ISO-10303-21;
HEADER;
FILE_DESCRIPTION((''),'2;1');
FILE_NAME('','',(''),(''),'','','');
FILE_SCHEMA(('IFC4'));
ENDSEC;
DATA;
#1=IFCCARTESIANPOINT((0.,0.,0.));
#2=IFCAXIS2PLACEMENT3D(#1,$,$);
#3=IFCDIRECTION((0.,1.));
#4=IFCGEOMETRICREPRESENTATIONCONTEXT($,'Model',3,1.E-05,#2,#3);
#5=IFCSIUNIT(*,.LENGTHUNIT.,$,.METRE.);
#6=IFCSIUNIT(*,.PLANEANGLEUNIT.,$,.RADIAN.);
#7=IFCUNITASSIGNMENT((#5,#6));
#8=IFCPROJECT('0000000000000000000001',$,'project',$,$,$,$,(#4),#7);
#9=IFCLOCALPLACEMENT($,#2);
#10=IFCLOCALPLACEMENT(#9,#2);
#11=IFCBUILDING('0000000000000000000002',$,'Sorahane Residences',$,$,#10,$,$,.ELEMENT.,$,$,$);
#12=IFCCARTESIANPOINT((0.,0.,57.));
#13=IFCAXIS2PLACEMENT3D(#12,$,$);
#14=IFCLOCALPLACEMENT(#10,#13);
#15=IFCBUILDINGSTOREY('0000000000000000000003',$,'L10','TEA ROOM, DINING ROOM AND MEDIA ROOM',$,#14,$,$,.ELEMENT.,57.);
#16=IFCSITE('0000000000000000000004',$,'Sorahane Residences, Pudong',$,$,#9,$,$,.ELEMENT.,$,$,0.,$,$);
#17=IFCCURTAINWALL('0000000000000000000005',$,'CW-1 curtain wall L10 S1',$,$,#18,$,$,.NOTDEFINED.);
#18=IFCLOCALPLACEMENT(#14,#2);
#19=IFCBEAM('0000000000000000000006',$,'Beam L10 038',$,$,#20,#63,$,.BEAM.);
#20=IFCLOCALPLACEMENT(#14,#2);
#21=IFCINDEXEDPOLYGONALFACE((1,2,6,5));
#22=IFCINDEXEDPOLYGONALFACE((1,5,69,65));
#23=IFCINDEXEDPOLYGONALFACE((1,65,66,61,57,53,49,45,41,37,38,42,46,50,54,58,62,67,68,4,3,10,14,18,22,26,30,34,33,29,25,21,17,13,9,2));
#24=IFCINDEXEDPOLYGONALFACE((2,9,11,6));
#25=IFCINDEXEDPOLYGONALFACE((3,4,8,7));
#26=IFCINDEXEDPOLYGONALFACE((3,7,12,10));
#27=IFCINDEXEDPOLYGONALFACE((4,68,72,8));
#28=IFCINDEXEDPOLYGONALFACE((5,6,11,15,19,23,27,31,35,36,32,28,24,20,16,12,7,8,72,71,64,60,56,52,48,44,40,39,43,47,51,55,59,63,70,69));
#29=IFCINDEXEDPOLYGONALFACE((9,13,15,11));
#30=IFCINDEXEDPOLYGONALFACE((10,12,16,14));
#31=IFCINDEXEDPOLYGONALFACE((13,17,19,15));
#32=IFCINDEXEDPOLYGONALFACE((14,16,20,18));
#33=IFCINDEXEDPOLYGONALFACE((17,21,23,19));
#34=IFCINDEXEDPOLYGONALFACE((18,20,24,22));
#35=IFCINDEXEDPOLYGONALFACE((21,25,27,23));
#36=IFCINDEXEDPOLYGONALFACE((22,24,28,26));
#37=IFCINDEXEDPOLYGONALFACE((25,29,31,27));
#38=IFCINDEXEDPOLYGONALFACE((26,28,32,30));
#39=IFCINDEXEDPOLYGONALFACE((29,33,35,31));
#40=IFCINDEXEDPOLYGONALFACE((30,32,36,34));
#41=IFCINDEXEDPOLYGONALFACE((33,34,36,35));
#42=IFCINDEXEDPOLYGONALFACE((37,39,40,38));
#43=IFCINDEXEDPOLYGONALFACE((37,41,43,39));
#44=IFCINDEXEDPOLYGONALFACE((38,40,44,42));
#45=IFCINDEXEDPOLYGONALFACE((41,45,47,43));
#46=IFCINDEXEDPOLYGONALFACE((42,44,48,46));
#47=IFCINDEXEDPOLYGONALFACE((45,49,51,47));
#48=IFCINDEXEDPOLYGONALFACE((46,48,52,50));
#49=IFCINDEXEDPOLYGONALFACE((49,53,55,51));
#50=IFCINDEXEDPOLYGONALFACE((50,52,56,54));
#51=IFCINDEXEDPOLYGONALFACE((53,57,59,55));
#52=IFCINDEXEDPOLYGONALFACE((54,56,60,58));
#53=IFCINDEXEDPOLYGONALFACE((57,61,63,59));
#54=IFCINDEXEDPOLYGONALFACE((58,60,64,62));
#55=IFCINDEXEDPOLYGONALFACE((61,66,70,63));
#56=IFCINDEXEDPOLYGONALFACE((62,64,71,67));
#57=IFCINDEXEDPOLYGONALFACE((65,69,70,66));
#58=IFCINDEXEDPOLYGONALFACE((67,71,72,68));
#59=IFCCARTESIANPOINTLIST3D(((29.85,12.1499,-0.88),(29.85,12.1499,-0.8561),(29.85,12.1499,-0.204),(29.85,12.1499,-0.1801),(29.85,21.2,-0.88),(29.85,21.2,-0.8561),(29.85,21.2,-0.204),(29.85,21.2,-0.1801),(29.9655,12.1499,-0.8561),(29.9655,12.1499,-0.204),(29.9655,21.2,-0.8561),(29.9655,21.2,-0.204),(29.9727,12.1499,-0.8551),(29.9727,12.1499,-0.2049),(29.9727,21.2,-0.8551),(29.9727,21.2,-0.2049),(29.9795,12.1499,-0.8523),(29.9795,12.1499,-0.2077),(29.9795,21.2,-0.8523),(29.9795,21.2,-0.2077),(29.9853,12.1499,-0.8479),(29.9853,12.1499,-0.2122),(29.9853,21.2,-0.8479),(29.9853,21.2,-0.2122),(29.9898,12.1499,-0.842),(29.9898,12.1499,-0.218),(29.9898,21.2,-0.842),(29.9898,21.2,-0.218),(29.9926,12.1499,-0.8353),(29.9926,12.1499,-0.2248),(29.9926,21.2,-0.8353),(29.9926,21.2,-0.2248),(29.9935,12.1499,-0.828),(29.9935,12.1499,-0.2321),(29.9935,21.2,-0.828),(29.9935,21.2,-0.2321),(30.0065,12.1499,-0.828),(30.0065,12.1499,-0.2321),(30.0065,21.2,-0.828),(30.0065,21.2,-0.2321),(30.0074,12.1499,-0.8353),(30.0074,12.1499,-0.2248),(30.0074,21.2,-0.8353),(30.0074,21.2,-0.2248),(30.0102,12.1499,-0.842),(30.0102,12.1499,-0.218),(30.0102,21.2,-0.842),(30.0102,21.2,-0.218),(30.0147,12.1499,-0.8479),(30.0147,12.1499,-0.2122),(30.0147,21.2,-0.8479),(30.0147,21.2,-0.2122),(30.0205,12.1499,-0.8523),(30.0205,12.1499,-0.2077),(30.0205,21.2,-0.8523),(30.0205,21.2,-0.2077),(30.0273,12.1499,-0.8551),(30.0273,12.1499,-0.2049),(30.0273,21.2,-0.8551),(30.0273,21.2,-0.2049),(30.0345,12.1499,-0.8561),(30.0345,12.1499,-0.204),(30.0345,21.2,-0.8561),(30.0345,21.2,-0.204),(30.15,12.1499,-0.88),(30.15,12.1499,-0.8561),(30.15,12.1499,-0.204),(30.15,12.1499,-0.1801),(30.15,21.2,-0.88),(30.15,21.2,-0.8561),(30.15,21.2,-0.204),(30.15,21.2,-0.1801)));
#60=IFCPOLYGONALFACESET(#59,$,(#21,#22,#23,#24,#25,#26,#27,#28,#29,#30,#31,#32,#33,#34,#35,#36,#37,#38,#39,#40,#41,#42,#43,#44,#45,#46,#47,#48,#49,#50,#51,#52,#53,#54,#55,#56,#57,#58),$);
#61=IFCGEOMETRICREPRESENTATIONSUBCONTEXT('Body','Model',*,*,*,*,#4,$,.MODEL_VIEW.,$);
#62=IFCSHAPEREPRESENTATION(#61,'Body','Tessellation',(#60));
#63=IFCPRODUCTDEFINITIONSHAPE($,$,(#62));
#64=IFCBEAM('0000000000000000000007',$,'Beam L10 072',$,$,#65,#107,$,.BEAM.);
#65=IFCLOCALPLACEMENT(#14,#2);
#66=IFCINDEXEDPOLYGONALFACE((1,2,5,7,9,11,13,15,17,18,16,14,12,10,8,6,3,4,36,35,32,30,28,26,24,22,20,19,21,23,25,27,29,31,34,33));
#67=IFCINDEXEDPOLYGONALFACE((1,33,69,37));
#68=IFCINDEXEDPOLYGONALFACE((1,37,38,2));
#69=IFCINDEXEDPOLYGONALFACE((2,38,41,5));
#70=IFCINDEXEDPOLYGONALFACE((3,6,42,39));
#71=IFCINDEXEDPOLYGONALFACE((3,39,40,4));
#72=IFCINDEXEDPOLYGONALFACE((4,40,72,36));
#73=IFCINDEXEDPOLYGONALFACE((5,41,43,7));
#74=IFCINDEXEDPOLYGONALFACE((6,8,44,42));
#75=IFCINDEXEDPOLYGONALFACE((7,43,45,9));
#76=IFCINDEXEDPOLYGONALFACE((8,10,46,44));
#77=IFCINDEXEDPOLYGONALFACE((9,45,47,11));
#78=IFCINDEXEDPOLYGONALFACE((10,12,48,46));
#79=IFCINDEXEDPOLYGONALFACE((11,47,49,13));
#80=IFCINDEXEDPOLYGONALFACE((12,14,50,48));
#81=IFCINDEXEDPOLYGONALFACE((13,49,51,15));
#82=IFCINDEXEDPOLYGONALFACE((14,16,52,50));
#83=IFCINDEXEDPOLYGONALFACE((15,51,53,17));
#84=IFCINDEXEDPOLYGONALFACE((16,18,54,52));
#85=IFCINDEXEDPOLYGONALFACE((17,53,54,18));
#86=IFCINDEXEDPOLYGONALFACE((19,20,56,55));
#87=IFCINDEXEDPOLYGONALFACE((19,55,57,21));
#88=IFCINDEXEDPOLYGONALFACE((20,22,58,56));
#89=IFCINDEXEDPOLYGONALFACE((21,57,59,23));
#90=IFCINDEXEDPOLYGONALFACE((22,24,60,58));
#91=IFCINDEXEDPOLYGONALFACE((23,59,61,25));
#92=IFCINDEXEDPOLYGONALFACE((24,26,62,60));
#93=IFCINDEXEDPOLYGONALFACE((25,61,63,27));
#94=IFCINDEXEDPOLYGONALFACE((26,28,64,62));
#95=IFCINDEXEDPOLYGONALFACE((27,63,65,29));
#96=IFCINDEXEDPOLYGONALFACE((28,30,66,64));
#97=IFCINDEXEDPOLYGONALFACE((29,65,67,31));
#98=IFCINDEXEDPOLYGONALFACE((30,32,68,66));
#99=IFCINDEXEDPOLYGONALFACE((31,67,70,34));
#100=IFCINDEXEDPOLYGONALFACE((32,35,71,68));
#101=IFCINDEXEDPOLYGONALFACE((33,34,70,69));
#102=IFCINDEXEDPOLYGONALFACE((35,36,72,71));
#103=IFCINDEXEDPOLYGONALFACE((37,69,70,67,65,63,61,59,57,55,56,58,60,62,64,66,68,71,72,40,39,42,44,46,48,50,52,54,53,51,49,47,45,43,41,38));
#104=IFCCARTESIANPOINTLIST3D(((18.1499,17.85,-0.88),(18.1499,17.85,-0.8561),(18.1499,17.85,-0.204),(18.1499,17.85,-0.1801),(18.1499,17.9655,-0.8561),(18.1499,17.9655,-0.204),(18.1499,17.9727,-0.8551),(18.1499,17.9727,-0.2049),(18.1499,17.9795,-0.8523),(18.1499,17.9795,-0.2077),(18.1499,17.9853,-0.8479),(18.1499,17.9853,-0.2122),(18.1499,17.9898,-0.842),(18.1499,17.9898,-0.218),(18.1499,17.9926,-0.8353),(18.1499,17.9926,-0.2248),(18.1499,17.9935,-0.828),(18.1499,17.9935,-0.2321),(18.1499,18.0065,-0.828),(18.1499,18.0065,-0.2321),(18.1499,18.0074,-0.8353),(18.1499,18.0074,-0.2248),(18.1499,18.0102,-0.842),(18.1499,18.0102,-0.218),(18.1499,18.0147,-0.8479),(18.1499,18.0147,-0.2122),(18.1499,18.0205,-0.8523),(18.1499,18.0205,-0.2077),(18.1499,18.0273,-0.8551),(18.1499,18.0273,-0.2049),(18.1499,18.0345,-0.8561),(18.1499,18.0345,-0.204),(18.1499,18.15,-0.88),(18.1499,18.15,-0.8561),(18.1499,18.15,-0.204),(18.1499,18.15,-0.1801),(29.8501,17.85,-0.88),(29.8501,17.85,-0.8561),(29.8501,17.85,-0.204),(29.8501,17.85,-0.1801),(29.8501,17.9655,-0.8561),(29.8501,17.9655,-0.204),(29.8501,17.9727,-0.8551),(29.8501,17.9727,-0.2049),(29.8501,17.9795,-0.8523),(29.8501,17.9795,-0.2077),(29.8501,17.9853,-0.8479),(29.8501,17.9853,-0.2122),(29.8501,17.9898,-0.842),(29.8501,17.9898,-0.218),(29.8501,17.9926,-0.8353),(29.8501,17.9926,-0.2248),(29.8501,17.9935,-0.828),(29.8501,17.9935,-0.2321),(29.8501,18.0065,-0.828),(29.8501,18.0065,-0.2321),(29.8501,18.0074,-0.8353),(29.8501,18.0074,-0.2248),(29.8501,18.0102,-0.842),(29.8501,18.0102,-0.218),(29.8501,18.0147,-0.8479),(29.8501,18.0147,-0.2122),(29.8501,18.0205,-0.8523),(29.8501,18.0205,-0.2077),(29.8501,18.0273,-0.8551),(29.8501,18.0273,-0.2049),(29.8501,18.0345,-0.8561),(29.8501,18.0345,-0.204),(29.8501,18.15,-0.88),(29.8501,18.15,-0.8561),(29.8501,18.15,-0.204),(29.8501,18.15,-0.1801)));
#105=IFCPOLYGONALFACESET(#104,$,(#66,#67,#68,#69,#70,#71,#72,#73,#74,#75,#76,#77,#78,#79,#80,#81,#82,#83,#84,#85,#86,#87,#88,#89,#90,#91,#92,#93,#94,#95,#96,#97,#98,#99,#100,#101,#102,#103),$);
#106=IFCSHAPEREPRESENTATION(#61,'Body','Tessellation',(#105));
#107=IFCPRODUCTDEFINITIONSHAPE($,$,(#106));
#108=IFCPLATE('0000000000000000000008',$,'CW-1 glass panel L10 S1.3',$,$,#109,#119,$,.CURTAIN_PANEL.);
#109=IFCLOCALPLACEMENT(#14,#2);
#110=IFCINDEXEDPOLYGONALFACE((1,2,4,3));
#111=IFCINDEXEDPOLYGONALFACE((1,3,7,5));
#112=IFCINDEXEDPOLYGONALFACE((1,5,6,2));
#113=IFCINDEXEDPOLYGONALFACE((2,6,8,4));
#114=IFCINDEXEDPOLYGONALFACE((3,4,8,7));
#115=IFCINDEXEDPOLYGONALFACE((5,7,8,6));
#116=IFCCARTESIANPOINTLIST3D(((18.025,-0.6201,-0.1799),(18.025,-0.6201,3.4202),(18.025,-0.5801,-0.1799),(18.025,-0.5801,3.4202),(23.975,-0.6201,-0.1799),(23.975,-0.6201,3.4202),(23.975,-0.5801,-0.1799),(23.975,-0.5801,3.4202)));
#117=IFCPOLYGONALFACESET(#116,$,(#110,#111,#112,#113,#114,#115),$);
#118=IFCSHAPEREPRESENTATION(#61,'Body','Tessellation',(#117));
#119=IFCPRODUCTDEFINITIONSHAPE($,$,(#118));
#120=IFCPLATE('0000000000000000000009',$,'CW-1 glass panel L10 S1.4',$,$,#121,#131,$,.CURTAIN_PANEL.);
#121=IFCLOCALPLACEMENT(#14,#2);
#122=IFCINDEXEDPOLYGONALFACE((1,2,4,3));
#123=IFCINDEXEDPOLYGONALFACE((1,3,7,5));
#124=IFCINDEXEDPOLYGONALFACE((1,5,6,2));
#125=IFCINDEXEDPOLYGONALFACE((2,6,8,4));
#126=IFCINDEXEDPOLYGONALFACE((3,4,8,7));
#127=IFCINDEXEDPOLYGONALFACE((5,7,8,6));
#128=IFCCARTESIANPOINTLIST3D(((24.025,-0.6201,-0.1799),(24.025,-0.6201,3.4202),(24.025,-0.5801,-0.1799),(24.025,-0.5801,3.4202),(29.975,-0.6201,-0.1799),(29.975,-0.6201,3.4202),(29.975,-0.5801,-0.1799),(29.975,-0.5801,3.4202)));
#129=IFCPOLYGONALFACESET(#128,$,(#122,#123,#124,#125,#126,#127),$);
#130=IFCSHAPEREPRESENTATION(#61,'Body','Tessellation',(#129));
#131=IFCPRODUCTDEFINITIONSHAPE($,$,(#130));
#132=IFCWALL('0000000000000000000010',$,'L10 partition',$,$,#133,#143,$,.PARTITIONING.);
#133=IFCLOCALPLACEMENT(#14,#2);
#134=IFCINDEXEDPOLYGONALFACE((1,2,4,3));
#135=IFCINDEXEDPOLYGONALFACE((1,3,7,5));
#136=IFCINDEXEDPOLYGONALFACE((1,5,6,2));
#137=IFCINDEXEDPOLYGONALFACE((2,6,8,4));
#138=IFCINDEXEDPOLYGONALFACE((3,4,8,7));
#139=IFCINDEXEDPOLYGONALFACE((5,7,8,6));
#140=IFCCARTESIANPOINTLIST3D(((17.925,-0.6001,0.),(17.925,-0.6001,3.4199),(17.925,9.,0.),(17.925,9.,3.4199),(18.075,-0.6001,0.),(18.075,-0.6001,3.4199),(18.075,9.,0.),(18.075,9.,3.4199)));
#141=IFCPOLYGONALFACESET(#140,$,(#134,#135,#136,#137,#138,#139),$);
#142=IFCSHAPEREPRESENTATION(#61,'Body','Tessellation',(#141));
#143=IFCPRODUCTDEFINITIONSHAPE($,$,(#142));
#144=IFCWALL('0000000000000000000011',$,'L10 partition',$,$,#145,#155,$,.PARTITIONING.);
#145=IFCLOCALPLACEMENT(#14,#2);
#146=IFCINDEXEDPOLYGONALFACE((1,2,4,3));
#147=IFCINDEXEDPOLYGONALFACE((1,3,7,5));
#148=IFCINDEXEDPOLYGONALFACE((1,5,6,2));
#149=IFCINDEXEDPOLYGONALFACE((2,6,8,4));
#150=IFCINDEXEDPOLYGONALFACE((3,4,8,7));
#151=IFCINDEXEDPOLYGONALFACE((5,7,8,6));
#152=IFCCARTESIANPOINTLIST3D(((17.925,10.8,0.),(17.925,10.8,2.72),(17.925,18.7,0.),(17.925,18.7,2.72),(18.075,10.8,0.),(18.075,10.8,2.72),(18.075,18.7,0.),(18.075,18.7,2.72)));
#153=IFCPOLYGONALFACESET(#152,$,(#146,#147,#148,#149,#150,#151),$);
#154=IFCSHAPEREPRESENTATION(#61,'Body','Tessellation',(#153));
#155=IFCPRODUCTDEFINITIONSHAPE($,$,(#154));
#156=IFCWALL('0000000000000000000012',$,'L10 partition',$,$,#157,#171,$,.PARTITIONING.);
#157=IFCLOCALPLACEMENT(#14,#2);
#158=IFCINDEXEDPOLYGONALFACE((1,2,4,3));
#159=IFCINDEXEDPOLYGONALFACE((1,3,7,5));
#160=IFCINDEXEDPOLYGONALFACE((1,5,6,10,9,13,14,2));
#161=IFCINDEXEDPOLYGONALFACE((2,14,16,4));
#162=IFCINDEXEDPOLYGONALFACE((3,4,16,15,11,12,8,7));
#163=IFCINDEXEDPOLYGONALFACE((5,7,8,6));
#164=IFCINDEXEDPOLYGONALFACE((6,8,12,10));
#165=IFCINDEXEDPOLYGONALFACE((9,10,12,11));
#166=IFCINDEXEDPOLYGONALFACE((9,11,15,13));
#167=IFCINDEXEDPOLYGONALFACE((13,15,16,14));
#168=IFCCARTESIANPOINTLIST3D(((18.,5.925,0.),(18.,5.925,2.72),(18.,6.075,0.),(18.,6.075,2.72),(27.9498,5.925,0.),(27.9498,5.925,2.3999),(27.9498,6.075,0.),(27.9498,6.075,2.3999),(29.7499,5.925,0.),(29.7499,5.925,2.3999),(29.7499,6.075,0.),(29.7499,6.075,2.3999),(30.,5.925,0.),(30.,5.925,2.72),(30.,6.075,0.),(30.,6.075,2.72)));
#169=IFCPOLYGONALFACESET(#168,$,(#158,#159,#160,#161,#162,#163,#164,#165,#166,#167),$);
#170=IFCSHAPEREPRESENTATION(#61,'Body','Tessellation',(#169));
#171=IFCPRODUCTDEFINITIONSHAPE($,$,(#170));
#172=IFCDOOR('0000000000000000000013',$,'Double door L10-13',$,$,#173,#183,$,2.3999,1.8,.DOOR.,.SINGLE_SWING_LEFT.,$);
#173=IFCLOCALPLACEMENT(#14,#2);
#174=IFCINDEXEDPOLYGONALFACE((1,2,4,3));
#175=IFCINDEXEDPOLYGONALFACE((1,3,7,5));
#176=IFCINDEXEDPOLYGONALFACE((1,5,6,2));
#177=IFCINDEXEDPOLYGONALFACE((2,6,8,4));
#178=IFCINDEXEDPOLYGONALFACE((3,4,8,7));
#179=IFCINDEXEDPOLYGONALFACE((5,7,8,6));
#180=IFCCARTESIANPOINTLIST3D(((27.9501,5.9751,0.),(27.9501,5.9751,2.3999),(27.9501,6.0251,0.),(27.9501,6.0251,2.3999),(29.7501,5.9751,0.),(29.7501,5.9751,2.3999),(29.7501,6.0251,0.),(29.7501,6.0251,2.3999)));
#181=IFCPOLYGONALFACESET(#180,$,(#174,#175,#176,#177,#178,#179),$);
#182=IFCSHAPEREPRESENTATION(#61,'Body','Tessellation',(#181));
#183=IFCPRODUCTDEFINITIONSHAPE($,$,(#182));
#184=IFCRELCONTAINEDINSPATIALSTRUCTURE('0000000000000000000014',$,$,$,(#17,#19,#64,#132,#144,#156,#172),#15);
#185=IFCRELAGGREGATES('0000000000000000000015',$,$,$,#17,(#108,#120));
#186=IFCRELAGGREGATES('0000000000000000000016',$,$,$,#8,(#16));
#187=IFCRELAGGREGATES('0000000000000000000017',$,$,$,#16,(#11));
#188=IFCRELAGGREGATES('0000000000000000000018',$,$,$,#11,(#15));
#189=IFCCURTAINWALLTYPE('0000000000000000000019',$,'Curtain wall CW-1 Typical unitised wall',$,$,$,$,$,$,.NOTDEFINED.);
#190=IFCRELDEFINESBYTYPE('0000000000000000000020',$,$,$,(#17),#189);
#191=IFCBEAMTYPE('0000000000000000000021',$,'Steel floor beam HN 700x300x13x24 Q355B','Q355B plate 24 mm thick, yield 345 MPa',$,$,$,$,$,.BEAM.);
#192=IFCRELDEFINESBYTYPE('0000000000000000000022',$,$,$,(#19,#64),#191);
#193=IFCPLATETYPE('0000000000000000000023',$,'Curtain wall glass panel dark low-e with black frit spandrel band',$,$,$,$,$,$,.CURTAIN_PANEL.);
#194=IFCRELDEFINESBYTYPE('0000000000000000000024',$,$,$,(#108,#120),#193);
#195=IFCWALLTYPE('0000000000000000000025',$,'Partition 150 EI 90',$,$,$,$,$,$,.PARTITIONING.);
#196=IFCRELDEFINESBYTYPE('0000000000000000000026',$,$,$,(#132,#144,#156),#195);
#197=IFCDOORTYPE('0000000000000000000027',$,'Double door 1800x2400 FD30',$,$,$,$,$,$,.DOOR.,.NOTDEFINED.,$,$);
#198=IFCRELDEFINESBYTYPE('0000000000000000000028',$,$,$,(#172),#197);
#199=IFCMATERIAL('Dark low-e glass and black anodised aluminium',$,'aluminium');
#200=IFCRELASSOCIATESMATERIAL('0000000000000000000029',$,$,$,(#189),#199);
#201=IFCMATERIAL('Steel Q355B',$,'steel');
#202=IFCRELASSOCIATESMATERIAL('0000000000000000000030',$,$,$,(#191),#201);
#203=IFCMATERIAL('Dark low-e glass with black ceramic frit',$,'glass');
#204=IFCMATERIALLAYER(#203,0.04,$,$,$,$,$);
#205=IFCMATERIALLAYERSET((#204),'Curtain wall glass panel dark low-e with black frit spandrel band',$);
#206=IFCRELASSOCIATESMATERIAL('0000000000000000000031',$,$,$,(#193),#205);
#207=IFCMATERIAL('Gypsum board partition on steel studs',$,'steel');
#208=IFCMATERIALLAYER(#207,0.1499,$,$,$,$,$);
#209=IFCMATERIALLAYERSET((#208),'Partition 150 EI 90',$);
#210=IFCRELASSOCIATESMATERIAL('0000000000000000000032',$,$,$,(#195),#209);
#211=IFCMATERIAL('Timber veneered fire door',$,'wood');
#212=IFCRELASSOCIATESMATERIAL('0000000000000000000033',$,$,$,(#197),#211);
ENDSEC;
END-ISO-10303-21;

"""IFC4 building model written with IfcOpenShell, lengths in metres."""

from ifc_helpers import new_model, si_unit, direction, frame, frame_2d, origin, origin_2d, place, context, subcontext, project, spatial, rectangle, i_section, extrude, material, layer, layer_set, material_profile, profile_set, type_object, element, fill, aggregate, save


model = new_model("IFC4")

# Units and contexts
model_context = context("Model", 3, precision=1e-05, world=origin(), true_north=direction((0.0, 1.0)))
body_context = subcontext(model_context, "Body", "Model", "MODEL_VIEW")
ifc_project = project(units=[si_unit("LENGTHUNIT", "METRE"), si_unit("PLANEANGLEUNIT", "RADIAN")], contexts=[model_context])

# Site, building, storey
site_placement = place(None, origin())
site = spatial("IfcSite", under=ifc_project, at=site_placement, Name="Sorahane Residences, Pudong", CompositionType="ELEMENT", RefElevation=0.0)
building_placement = place(site_placement, origin())
building = spatial("IfcBuilding", under=site, at=building_placement, Name="Sorahane Residences", CompositionType="ELEMENT")
storey_placement = place(building_placement, frame((0.0, 0.0, 57.0)))
storey = spatial("IfcBuildingStorey", under=building, at=storey_placement, Name="L10", Description="TEA ROOM, DINING ROOM AND MEDIA ROOM", CompositionType="ELEMENT", Elevation=57.0)

# Curtain wall
ifc_material_1 = material(Name="Dark low-e glass and black anodised aluminium", Category="aluminium")
curtain_wall_type = type_object("IfcCurtainWallType", Name="Curtain wall CW-1 Typical unitised wall", PredefinedType="NOTDEFINED", material=ifc_material_1)
curtain_wall_placement = place(storey_placement, origin())
curtain_wall = element("IfcCurtainWall", 1, at=curtain_wall_placement, inside=storey, type_object=curtain_wall_type, Name="CW-1 curtain wall L10 S1", PredefinedType="NOTDEFINED")

# Beams
ifc_material_2 = material(Name="Steel Q355B", Category="steel")
ifc_material_profile_1 = material_profile(ifc_material_2, i_section(OverallWidth=0.3, OverallDepth=0.7, WebThickness=0.0129, FlangeThickness=0.0239, FilletRadius=0.0281, at=origin_2d()), Name="HN 700x300x13x24")
ifc_profile_set_1 = profile_set([ifc_material_profile_1], Name="Steel Q355B")
beam_type_1 = type_object("IfcBeamType", Name="Steel floor beam HN 700x300x13x24 Q355B", Description="Q355B plate 24 mm thick, yield 345 MPa", PredefinedType="BEAM", material=ifc_profile_set_1)
beam_1_placement = place(storey_placement, frame((30.0, 12.1499, -0.53), z_axis=(0.0, 1.0, 0.0), x_axis=(-1.0, 0.0, 0.0)))
element("IfcBeam", 2, at=beam_1_placement, inside=storey, type_object=beam_type_1, Name="Beam L10 038", PredefinedType="BEAM", context=body_context, shape_type="SweptSolid", body=[
    extrude(i_section(OverallWidth=0.3, OverallDepth=0.7, WebThickness=0.0129, FlangeThickness=0.0239, FilletRadius=0.0281, at=origin_2d()), origin(), (0.0, 0.0, 1.0), 9.05),
])
beam_2_placement = place(storey_placement, frame((18.1499, 18.0, -0.53), z_axis=(1.0, 0.0, 0.0), x_axis=(0.0, 1.0, 0.0)))
element("IfcBeam", 3, at=beam_2_placement, inside=storey, type_object=beam_type_1, Name="Beam L10 072", PredefinedType="BEAM", context=body_context, shape_type="SweptSolid", body=[
    extrude(i_section(OverallWidth=0.3, OverallDepth=0.7, WebThickness=0.0129, FlangeThickness=0.0239, FilletRadius=0.0281, at=origin_2d()), origin(), (0.0, 0.0, 1.0), 11.7002),
])

# Plates
ifc_material_3 = material(Name="Dark low-e glass with black ceramic frit", Category="glass")
ifc_layer_1 = layer(ifc_material_3, 0.04)
ifc_layer_set_1 = layer_set([ifc_layer_1], Name="Curtain wall glass panel dark low-e with black frit spandrel band")
plate_type = type_object("IfcPlateType", Name="Curtain wall glass panel dark low-e with black frit spandrel band", PredefinedType="CURTAIN_PANEL", material=ifc_layer_set_1)
plate_1_placement = place(storey_placement, frame((21.0, -0.6001, -0.1799), z_axis=(0.0, 0.0, 1.0), x_axis=(1.0, 0.0, 0.0)))
plate_1 = element("IfcPlate", 4, at=plate_1_placement, type_object=plate_type, Name="CW-1 glass panel L10 S1.3", PredefinedType="CURTAIN_PANEL", context=body_context, shape_type="SweptSolid", body=[
    extrude(rectangle(XDim=5.95, YDim=0.04, at=origin_2d()), origin(), (0.0, 0.0, 1.0), 3.6001),
])
plate_2_placement = place(storey_placement, frame((27.0, -0.6001, -0.1799), z_axis=(0.0, 0.0, 1.0), x_axis=(1.0, 0.0, 0.0)))
plate_2 = element("IfcPlate", 5, at=plate_2_placement, type_object=plate_type, Name="CW-1 glass panel L10 S1.4", PredefinedType="CURTAIN_PANEL", context=body_context, shape_type="SweptSolid", body=[
    extrude(rectangle(XDim=5.95, YDim=0.04, at=origin_2d()), origin(), (0.0, 0.0, 1.0), 3.6001),
])
aggregate(curtain_wall, [plate_1, plate_2])

# Walls
ifc_material_4 = material(Name="Gypsum board partition on steel studs", Category="steel")
ifc_layer_2 = layer(ifc_material_4, 0.1499)
ifc_layer_set_2 = layer_set([ifc_layer_2], Name="Partition 150 EI 90")
wall_type_1 = type_object("IfcWallType", Name="Partition 150 EI 90", PredefinedType="PARTITIONING", material=ifc_layer_set_2)
wall_1_placement = place(storey_placement, frame((18.0, -0.6001, 0.0), z_axis=(0.0, 0.0, 1.0), x_axis=(0.0, 1.0, 0.0)))
element("IfcWall", 6, at=wall_1_placement, inside=storey, type_object=wall_type_1, Name="L10 partition", PredefinedType="PARTITIONING", context=body_context, shape_type="SweptSolid", body=[
    extrude(rectangle(XDim=9.6001, YDim=0.1499, at=frame_2d((4.8, 0.0))), origin(), (0.0, 0.0, 1.0), 3.4199),
])
wall_2_placement = place(storey_placement, frame((18.0, 10.8, 0.0), z_axis=(0.0, 0.0, 1.0), x_axis=(0.0, 1.0, 0.0)))
element("IfcWall", 7, at=wall_2_placement, inside=storey, type_object=wall_type_1, Name="L10 partition", PredefinedType="PARTITIONING", context=body_context, shape_type="SweptSolid", body=[
    extrude(rectangle(XDim=7.8999, YDim=0.1499, at=frame_2d((3.95, 0.0))), origin(), (0.0, 0.0, 1.0), 2.72),
])

# Wall, opening, door
wall_3_placement = place(storey_placement, frame((18.0, 6.0, 0.0), z_axis=(0.0, 0.0, 1.0), x_axis=(1.0, 0.0, 0.0)))
wall_3 = element("IfcWall", 8, at=wall_3_placement, inside=storey, type_object=wall_type_1, Name="L10 partition", PredefinedType="PARTITIONING", context=body_context, shape_type="SweptSolid", body=[
    extrude(rectangle(XDim=12.0, YDim=0.1499, at=frame_2d((6.0, 0.0))), origin(), (0.0, 0.0, 1.0), 2.72),
])
opening_1_placement = place(wall_3_placement, frame((9.95, 0.0, 0.0)))
opening_1 = element("IfcOpeningElement", 9, at=opening_1_placement, cuts=wall_3, PredefinedType="OPENING", context=body_context, shape_type="SweptSolid", body=[
    extrude(rectangle(XDim=1.8, YDim=2.3999, at=frame_2d((0.8999, 1.2))), frame((0.0, 0.085, 0.0), z_axis=(0.0, -1.0, 0.0), x_axis=(1.0, 0.0, 0.0)), (0.0, 0.0, 1.0), 0.1699),
])
ifc_material_5 = material(Name="Timber veneered fire door", Category="wood")
door_type_1 = type_object("IfcDoorType", Name="Double door 1800x2400 FD30", OperationType="NOTDEFINED", PredefinedType="DOOR", material=ifc_material_5)
door_1_placement = place(opening_1_placement, frame((1.8, 0.0, 0.0), z_axis=(0.0, 0.0, 1.0), x_axis=(-1.0, 0.0, 0.0)))
door_1 = element("IfcDoor", 10, at=door_1_placement, inside=storey, type_object=door_type_1, Name="Double door L10-13", OperationType="SINGLE_SWING_LEFT", OverallHeight=2.3999, OverallWidth=1.8, PredefinedType="DOOR", context=body_context, shape_type="SweptSolid", body=[
    extrude(rectangle(XDim=1.8, YDim=2.3999, at=frame_2d((0.8999, 1.2))), frame((0.0, 0.0249, 0.0), z_axis=(0.0, -1.0, 0.0), x_axis=(1.0, 0.0, 0.0)), (0.0, 0.0, 1.0), 0.05),
])
fill(opening_1, door_1)

save(model, "model.ifc")
